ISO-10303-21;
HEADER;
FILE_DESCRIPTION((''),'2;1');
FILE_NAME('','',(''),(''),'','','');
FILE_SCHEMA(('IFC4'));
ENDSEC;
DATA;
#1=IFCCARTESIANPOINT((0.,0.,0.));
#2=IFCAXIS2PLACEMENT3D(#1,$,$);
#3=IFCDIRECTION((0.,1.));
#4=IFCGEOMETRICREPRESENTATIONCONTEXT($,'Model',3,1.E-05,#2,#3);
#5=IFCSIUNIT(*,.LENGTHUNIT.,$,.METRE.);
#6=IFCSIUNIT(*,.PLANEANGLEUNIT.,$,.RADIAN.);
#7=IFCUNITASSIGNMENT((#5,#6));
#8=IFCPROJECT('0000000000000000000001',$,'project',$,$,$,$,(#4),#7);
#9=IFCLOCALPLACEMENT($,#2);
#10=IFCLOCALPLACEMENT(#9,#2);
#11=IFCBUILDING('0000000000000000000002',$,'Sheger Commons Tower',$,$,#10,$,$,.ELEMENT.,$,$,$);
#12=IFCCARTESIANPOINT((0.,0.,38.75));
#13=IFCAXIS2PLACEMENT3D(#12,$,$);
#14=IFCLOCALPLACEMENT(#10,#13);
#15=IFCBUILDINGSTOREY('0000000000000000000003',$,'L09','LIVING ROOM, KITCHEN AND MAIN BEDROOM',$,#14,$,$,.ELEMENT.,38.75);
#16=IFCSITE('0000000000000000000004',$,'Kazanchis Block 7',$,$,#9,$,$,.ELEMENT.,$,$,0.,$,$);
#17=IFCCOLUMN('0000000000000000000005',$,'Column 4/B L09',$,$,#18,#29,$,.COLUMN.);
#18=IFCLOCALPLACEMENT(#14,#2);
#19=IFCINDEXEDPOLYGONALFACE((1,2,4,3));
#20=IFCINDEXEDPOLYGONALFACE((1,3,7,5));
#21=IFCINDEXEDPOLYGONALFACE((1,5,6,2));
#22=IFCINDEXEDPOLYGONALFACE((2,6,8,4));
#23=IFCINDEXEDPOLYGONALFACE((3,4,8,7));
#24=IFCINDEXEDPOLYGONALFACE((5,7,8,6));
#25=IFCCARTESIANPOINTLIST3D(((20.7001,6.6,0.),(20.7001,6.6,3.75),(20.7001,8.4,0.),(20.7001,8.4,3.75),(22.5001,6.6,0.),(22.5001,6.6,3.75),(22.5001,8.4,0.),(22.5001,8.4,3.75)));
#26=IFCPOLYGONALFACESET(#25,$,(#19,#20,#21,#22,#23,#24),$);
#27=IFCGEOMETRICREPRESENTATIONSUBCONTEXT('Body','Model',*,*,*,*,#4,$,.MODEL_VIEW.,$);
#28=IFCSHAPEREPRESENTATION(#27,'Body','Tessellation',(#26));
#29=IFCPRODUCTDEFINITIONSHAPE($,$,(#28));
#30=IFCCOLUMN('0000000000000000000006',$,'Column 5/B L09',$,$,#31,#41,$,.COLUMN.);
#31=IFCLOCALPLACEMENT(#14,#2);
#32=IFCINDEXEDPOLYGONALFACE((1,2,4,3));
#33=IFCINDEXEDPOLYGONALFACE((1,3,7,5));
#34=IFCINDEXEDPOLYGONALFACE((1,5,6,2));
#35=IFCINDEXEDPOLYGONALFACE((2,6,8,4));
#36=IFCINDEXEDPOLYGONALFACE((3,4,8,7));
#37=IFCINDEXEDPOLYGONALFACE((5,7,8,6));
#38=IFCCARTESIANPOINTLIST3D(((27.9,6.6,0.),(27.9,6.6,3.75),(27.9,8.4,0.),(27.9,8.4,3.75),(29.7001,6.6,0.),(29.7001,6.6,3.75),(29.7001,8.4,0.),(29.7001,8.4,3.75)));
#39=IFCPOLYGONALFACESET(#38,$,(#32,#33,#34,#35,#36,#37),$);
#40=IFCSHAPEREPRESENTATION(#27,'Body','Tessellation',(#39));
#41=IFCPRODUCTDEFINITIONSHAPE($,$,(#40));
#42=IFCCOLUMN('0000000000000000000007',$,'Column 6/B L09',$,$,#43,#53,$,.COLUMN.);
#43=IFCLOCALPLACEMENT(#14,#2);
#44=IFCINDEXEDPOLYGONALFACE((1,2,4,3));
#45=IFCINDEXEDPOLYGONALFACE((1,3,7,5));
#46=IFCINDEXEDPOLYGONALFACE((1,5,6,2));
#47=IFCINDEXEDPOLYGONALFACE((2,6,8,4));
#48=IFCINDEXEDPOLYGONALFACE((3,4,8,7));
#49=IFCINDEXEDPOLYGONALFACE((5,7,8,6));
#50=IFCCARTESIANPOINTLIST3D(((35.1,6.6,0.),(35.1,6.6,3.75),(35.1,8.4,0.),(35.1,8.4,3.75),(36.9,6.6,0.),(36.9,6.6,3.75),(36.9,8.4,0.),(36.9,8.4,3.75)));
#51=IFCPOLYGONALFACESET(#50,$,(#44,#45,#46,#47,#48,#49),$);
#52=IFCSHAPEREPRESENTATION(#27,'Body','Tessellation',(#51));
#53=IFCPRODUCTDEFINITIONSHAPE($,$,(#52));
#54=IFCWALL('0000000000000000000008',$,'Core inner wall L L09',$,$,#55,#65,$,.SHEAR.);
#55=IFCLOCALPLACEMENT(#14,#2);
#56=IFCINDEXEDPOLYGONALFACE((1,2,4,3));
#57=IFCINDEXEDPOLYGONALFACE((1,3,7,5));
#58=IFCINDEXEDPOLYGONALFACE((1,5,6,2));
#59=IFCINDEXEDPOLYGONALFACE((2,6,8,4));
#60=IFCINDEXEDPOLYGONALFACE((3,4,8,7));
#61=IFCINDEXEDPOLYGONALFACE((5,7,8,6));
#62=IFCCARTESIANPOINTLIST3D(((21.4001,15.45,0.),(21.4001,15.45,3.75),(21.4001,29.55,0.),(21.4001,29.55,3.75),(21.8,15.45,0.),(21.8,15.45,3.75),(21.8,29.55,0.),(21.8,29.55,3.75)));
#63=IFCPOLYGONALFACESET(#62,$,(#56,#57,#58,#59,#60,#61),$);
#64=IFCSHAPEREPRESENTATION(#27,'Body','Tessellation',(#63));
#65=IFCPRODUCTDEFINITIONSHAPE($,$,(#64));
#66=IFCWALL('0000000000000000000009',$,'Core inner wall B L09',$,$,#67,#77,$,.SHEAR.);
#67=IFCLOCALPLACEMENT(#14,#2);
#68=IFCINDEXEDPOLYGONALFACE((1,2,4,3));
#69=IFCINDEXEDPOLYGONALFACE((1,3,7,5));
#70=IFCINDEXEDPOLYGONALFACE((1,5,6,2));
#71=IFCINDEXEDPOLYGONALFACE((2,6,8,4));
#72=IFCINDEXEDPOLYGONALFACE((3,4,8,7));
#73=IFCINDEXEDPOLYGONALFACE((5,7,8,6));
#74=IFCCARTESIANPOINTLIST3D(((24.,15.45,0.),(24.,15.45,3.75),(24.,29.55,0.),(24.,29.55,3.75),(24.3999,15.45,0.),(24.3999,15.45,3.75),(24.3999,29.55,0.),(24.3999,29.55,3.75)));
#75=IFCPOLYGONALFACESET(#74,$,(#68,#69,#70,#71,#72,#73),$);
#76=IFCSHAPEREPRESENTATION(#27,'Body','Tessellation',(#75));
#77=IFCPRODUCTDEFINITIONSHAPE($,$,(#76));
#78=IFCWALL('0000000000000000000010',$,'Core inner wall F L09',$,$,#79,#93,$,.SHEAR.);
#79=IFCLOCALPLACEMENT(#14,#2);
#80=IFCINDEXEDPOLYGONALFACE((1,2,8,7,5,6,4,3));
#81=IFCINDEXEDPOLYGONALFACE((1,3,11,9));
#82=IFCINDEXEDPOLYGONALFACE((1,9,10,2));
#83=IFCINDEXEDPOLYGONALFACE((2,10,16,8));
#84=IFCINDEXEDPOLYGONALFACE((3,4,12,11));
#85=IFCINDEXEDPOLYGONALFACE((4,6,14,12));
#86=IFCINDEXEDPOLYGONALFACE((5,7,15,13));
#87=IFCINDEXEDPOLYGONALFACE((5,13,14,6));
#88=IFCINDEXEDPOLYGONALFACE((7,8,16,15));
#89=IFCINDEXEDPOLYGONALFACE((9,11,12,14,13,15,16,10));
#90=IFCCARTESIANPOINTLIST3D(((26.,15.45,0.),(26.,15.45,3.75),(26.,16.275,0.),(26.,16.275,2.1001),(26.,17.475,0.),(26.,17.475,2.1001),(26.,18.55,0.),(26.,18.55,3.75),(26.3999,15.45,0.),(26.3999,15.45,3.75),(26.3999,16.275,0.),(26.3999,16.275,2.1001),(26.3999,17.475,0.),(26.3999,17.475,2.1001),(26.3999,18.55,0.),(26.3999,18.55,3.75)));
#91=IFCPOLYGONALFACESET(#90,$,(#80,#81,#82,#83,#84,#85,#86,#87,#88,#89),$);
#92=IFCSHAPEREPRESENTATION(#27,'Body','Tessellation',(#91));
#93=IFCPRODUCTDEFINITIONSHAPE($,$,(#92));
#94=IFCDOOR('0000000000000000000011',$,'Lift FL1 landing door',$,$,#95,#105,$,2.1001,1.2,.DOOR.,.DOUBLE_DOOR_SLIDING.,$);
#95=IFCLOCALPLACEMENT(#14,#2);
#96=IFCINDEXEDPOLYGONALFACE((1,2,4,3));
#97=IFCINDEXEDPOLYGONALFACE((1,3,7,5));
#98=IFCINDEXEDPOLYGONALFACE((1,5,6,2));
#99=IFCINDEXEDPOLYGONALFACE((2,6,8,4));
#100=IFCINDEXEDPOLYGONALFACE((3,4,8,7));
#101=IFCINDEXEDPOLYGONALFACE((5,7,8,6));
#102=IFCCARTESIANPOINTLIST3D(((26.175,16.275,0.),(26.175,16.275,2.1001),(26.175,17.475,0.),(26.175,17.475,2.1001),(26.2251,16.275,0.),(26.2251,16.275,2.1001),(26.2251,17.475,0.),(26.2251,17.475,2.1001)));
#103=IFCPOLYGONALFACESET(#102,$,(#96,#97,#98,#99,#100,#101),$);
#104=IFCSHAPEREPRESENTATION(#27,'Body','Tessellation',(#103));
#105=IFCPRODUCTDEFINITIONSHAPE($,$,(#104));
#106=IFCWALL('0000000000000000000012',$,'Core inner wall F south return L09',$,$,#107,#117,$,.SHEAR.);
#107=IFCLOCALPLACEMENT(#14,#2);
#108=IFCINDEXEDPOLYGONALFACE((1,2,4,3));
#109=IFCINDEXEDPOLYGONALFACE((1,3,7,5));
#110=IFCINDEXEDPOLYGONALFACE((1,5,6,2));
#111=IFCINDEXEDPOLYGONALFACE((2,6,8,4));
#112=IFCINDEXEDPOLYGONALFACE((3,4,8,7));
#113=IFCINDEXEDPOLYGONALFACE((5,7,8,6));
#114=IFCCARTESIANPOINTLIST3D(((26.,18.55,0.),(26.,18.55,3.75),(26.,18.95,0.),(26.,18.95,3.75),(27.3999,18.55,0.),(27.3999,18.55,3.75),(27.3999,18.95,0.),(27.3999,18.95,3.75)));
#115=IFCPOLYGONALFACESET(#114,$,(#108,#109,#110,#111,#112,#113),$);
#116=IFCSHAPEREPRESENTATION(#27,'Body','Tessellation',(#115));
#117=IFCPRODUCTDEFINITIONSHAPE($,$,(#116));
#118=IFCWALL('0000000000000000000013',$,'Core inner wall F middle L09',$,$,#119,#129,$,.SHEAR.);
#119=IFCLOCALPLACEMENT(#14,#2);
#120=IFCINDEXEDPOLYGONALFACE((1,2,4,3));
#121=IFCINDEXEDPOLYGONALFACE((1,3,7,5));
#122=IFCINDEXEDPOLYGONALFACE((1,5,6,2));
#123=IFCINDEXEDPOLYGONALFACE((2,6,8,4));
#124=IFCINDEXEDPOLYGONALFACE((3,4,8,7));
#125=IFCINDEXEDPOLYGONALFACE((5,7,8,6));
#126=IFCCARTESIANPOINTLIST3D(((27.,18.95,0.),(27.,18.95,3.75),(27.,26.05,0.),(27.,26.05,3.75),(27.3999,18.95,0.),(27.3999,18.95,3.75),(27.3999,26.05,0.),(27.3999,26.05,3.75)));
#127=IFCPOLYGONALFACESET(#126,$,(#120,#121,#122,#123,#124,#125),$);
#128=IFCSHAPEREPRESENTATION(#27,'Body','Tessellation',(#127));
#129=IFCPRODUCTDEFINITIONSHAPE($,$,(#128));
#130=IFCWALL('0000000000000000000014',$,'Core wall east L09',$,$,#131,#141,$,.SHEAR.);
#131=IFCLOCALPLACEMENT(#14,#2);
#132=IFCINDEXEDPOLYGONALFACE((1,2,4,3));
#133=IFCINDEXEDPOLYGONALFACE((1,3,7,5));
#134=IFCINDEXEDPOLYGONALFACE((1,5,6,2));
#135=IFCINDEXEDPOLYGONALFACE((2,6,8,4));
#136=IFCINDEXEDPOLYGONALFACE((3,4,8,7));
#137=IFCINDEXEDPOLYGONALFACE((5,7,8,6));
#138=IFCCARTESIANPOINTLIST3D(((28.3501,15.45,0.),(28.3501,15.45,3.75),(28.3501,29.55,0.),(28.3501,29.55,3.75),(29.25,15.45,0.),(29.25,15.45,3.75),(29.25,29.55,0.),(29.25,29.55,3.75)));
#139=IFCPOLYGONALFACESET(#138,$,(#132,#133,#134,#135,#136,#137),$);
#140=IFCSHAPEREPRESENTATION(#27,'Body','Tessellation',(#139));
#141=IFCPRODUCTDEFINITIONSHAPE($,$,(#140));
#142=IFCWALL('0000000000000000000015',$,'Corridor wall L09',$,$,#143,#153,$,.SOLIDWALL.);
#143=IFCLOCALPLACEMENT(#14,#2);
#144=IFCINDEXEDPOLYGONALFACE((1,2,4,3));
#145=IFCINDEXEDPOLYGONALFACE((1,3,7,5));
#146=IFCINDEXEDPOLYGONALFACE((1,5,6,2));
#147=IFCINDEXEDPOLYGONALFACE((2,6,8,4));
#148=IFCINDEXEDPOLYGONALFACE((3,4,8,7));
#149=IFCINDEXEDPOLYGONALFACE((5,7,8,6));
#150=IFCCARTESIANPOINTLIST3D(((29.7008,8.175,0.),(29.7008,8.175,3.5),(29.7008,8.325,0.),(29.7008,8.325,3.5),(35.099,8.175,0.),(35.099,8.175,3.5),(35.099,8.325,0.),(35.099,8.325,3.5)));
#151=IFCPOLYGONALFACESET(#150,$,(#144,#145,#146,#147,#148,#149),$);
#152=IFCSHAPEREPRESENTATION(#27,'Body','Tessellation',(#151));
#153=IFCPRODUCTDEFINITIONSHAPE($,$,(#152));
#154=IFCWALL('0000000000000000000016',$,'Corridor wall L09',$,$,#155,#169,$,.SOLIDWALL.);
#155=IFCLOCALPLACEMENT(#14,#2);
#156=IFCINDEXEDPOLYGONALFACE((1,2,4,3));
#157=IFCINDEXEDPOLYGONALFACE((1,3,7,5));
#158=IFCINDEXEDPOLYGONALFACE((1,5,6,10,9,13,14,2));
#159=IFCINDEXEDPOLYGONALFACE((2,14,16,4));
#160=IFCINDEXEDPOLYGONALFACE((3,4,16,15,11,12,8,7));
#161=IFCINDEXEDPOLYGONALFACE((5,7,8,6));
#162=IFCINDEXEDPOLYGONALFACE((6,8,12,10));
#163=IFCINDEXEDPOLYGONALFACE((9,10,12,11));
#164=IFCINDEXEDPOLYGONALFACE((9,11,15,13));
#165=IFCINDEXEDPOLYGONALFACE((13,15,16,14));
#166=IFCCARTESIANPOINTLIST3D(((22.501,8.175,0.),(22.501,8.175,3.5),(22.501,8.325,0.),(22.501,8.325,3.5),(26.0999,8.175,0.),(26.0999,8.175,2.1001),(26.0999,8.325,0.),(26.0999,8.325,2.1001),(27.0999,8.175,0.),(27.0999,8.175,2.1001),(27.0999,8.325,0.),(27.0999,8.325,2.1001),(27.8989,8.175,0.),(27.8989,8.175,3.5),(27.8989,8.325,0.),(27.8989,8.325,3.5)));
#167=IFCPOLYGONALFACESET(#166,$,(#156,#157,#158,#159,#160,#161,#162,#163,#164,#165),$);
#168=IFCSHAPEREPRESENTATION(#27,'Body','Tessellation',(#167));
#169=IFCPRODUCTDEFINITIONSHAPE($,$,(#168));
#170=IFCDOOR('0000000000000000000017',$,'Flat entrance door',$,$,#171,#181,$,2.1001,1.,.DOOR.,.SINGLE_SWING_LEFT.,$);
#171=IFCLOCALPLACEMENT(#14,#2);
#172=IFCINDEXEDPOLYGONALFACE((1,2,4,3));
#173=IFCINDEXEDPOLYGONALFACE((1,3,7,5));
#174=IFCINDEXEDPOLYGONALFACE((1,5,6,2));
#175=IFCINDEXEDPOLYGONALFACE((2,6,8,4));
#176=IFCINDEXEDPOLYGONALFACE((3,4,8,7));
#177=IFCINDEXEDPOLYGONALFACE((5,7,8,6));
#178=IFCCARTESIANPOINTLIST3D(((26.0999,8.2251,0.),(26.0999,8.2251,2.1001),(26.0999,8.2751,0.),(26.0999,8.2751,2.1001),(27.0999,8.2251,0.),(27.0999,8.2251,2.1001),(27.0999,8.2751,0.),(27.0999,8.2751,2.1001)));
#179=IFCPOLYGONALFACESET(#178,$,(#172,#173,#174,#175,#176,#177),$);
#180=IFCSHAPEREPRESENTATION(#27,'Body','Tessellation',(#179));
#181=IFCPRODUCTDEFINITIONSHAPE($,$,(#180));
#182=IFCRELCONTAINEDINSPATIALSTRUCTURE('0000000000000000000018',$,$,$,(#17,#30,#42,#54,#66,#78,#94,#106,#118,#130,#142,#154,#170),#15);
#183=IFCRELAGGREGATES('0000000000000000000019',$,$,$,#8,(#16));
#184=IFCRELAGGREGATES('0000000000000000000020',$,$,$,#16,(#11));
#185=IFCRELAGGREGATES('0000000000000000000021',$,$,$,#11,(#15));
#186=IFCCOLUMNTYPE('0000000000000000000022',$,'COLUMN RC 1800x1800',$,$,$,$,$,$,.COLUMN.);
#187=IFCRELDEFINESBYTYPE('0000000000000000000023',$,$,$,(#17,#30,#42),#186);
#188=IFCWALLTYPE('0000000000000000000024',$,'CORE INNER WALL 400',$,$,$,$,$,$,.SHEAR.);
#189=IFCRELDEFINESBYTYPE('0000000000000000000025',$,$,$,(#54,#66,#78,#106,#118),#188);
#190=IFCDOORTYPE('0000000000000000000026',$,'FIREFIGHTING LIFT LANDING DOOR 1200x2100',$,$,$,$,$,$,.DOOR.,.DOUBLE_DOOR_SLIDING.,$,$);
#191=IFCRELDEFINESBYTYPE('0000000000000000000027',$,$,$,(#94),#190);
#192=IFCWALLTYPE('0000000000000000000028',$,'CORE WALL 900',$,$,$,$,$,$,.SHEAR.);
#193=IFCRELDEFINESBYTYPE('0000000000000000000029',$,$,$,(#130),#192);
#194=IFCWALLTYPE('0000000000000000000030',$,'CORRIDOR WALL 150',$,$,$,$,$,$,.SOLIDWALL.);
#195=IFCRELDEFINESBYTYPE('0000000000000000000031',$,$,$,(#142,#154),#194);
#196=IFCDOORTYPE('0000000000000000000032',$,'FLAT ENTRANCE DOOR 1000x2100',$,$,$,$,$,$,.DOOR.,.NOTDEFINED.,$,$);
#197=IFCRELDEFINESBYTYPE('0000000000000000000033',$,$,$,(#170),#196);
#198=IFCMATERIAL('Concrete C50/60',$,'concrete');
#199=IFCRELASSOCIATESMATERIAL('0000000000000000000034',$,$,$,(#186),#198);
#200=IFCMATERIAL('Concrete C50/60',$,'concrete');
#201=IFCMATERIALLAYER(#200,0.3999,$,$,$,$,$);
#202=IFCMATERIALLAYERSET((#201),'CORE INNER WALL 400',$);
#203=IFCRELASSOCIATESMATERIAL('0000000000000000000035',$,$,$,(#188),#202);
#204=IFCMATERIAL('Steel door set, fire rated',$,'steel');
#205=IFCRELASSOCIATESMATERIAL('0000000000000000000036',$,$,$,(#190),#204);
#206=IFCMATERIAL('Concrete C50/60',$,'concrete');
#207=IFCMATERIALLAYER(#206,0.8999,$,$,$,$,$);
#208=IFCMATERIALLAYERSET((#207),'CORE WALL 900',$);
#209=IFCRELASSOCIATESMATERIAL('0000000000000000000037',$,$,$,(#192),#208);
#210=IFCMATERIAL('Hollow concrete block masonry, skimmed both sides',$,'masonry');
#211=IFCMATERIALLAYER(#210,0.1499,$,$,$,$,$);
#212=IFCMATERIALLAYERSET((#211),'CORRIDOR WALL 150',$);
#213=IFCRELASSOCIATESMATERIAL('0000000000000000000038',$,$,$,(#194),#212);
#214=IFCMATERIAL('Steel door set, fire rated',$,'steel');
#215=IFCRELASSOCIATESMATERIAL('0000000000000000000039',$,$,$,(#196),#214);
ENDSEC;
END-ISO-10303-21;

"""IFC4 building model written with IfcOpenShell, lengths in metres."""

from ifc_helpers import new_model, si_unit, direction, frame, frame_2d, origin, origin_2d, place, context, subcontext, project, spatial, rectangle, extrude, material, layer, layer_set, material_profile, profile_set, type_object, element, fill, save


model = new_model("IFC4")

# Units and contexts
model_context = context("Model", 3, precision=1e-05, world=origin(), true_north=direction((0.0, 1.0)))
body_context = subcontext(model_context, "Body", "Model", "MODEL_VIEW")
ifc_project = project(units=[si_unit("LENGTHUNIT", "METRE"), si_unit("PLANEANGLEUNIT", "RADIAN")], contexts=[model_context])

# Site, building, storey
site_placement = place(None, origin())
site = spatial("IfcSite", under=ifc_project, at=site_placement, Name="Kazanchis Block 7", CompositionType="ELEMENT", RefElevation=0.0)
building_placement = place(site_placement, origin())
building = spatial("IfcBuilding", under=site, at=building_placement, Name="Sheger Commons Tower", CompositionType="ELEMENT")
storey_placement = place(building_placement, frame((0.0, 0.0, 38.75)))
storey = spatial("IfcBuildingStorey", under=building, at=storey_placement, Name="L09", Description="LIVING ROOM, KITCHEN AND MAIN BEDROOM", CompositionType="ELEMENT", Elevation=38.75)

# Columns
ifc_material_1 = material(Name="Concrete C50/60", Category="concrete")
ifc_material_profile = material_profile(ifc_material_1, rectangle(XDim=1.8, YDim=1.8, at=origin_2d()), Name="RC 1800x1800")
ifc_profile_set = profile_set([ifc_material_profile], Name="Concrete C50/60")
column_type = type_object("IfcColumnType", Name="COLUMN RC 1800x1800", PredefinedType="COLUMN", material=ifc_profile_set)
for number, where, z_axis, x_axis, name in (
    (1, (21.6001, 7.5, 0.0), (0.0, 0.0, 1.0), (1.0, 0.0, 0.0), "Column 4/B L09"),
    (2, (28.8, 7.5, 0.0), (0.0, 0.0, 1.0), (1.0, 0.0, 0.0), "Column 5/B L09"),
    (3, (36.0, 7.5, 0.0), (0.0, 0.0, 1.0), (1.0, 0.0, 0.0), "Column 6/B L09"),
):
    element("IfcColumn", number, at=place(storey_placement, frame(where, z_axis=z_axis, x_axis=x_axis)), inside=storey, type_object=column_type, Name=name, PredefinedType="COLUMN", context=body_context, shape_type="SweptSolid", body=[
        extrude(rectangle(XDim=1.8, YDim=1.8, at=origin_2d()), origin(), (0.0, 0.0, 1.0), 3.75),
    ])

# Walls
ifc_material_2 = material(Name="Concrete C50/60", Category="concrete")
ifc_layer_1 = layer(ifc_material_2, 0.3999)
ifc_layer_set_1 = layer_set([ifc_layer_1], Name="CORE INNER WALL 400")
wall_type_1 = type_object("IfcWallType", Name="CORE INNER WALL 400", PredefinedType="SHEAR", material=ifc_layer_set_1)
for number, where, z_axis, x_axis, name in (
    (4, (21.6001, 15.45, 0.0), (0.0, 0.0, 1.0), (0.0, 1.0, 0.0), "Core inner wall L L09"),
    (5, (24.2, 15.45, 0.0), (0.0, 0.0, 1.0), (0.0, 1.0, 0.0), "Core inner wall B L09"),
):
    element("IfcWall", number, at=place(storey_placement, frame(where, z_axis=z_axis, x_axis=x_axis)), inside=storey, type_object=wall_type_1, Name=name, PredefinedType="SHEAR", context=body_context, shape_type="SweptSolid", body=[
        extrude(rectangle(XDim=14.1001, YDim=0.3999, at=frame_2d((7.05, 0.0))), origin(), (0.0, 0.0, 1.0), 3.75),
    ])

# Wall, opening, door
wall_1_placement = place(storey_placement, frame((26.2, 15.45, 0.0), z_axis=(0.0, 0.0, 1.0), x_axis=(0.0, 1.0, 0.0)))
wall_1 = element("IfcWall", 6, at=wall_1_placement, inside=storey, type_object=wall_type_1, Name="Core inner wall F L09", PredefinedType="SHEAR", context=body_context, shape_type="SweptSolid", body=[
    extrude(rectangle(XDim=3.1001, YDim=0.3999, at=frame_2d((1.55, 0.0))), origin(), (0.0, 0.0, 1.0), 3.75),
])
opening_1_placement = place(wall_1_placement, frame((0.825, 0.0, 0.0)))
opening_1 = element("IfcOpeningElement", 7, at=opening_1_placement, cuts=wall_1, PredefinedType="OPENING", context=body_context, shape_type="SweptSolid", body=[
    extrude(rectangle(XDim=1.2, YDim=2.1001, at=frame_2d((0.6001, 1.05))), frame((0.0, 0.21, 0.0), z_axis=(0.0, -1.0, 0.0), x_axis=(1.0, 0.0, 0.0)), (0.0, 0.0, 1.0), 0.4199),
])
ifc_material_3 = material(Name="Steel door set, fire rated", Category="steel")
door_type_1 = type_object("IfcDoorType", Name="FIREFIGHTING LIFT LANDING DOOR 1200x2100", OperationType="DOUBLE_DOOR_SLIDING", PredefinedType="DOOR", material=ifc_material_3)
door_1_placement = place(opening_1_placement, origin())
door_1 = element("IfcDoor", 8, at=door_1_placement, inside=storey, type_object=door_type_1, Name="Lift FL1 landing door", OperationType="DOUBLE_DOOR_SLIDING", OverallHeight=2.1001, OverallWidth=1.2, PredefinedType="DOOR", context=body_context, shape_type="SweptSolid", body=[
    extrude(rectangle(XDim=1.2, YDim=2.1001, at=frame_2d((0.6001, 1.05))), frame((0.0, 0.0249, 0.0), z_axis=(0.0, -1.0, 0.0), x_axis=(1.0, 0.0, 0.0)), (0.0, 0.0, 1.0), 0.05),
])
fill(opening_1, door_1)

# Walls
wall_2_placement = place(storey_placement, frame((26.0, 18.75, 0.0), z_axis=(0.0, 0.0, 1.0), x_axis=(1.0, 0.0, 0.0)))
element("IfcWall", 9, at=wall_2_placement, inside=storey, type_object=wall_type_1, Name="Core inner wall F south return L09", PredefinedType="SHEAR", context=body_context, shape_type="SweptSolid", body=[
    extrude(rectangle(XDim=1.3999, YDim=0.3999, at=frame_2d((0.7, 0.0))), origin(), (0.0, 0.0, 1.0), 3.75),
])
wall_3_placement = place(storey_placement, frame((27.2, 18.95, 0.0), z_axis=(0.0, 0.0, 1.0), x_axis=(0.0, 1.0, 0.0)))
element("IfcWall", 10, at=wall_3_placement, inside=storey, type_object=wall_type_1, Name="Core inner wall F middle L09", PredefinedType="SHEAR", context=body_context, shape_type="SweptSolid", body=[
    extrude(rectangle(XDim=7.1001, YDim=0.3999, at=frame_2d((3.55, 0.0))), origin(), (0.0, 0.0, 1.0), 3.75),
])
ifc_material_4 = material(Name="Concrete C50/60", Category="concrete")
ifc_layer_2 = layer(ifc_material_4, 0.8999)
ifc_layer_set_2 = layer_set([ifc_layer_2], Name="CORE WALL 900")
wall_type_2 = type_object("IfcWallType", Name="CORE WALL 900", PredefinedType="SHEAR", material=ifc_layer_set_2)
wall_4_placement = place(storey_placement, frame((28.8, 15.45, 0.0), z_axis=(0.0, 0.0, 1.0), x_axis=(0.0, 1.0, 0.0)))
element("IfcWall", 11, at=wall_4_placement, inside=storey, type_object=wall_type_2, Name="Core wall east L09", PredefinedType="SHEAR", context=body_context, shape_type="SweptSolid", body=[
    extrude(rectangle(XDim=14.1001, YDim=0.8999, at=frame_2d((7.05, 0.0))), origin(), (0.0, 0.0, 1.0), 3.75),
])
ifc_material_5 = material(Name="Hollow concrete block masonry, skimmed both sides", Category="masonry")
ifc_layer_3 = layer(ifc_material_5, 0.1499)
ifc_layer_set_3 = layer_set([ifc_layer_3], Name="CORRIDOR WALL 150")
wall_type_3 = type_object("IfcWallType", Name="CORRIDOR WALL 150", PredefinedType="SOLIDWALL", material=ifc_layer_set_3)
wall_5_placement = place(storey_placement, frame((35.0991, 8.25, 0.0), z_axis=(0.0, 0.0, 1.0), x_axis=(-1.0, 0.0, 0.0)))
element("IfcWall", 12, at=wall_5_placement, inside=storey, type_object=wall_type_3, Name="Corridor wall L09", PredefinedType="SOLIDWALL", context=body_context, shape_type="SweptSolid", body=[
    extrude(rectangle(XDim=5.3982, YDim=0.1499, at=frame_2d((2.6992, 0.0))), origin(), (0.0, 0.0, 1.0), 3.5),
])

# Wall, opening, door
wall_6_placement = place(storey_placement, frame((27.8989, 8.25, 0.0), z_axis=(0.0, 0.0, 1.0), x_axis=(-1.0, 0.0, 0.0)))
wall_6 = element("IfcWall", 13, at=wall_6_placement, inside=storey, type_object=wall_type_3, Name="Corridor wall L09", PredefinedType="SOLIDWALL", context=body_context, shape_type="SweptSolid", body=[
    extrude(rectangle(XDim=5.3979, YDim=0.1499, at=frame_2d((2.699, 0.0))), origin(), (0.0, 0.0, 1.0), 3.5),
])
opening_2_placement = place(wall_6_placement, frame((0.7991, 0.0, 0.0)))
opening_2 = element("IfcOpeningElement", 14, at=opening_2_placement, cuts=wall_6, PredefinedType="OPENING", context=body_context, shape_type="SweptSolid", body=[
    extrude(rectangle(XDim=1.0, YDim=2.1001, at=frame_2d((0.5, 1.05))), frame((0.0, 0.085, 0.0), z_axis=(0.0, -1.0, 0.0), x_axis=(1.0, 0.0, 0.0)), (0.0, 0.0, 1.0), 0.1699),
])
ifc_material_6 = material(Name="Steel door set, fire rated", Category="steel")
door_type_2 = type_object("IfcDoorType", Name="FLAT ENTRANCE DOOR 1000x2100", OperationType="NOTDEFINED", PredefinedType="DOOR", material=ifc_material_6)
door_2_placement = place(opening_2_placement, origin())
door_2 = element("IfcDoor", 15, at=door_2_placement, inside=storey, type_object=door_type_2, Name="Flat entrance door", OperationType="SINGLE_SWING_LEFT", OverallHeight=2.1001, OverallWidth=1.0, PredefinedType="DOOR", context=body_context, shape_type="SweptSolid", body=[
    extrude(rectangle(XDim=1.0, YDim=2.1001, at=frame_2d((0.5, 1.05))), frame((0.0, 0.0249, 0.0), z_axis=(0.0, -1.0, 0.0), x_axis=(1.0, 0.0, 0.0)), (0.0, 0.0, 1.0), 0.05),
])
fill(opening_2, door_2)

save(model, "model.ifc")
